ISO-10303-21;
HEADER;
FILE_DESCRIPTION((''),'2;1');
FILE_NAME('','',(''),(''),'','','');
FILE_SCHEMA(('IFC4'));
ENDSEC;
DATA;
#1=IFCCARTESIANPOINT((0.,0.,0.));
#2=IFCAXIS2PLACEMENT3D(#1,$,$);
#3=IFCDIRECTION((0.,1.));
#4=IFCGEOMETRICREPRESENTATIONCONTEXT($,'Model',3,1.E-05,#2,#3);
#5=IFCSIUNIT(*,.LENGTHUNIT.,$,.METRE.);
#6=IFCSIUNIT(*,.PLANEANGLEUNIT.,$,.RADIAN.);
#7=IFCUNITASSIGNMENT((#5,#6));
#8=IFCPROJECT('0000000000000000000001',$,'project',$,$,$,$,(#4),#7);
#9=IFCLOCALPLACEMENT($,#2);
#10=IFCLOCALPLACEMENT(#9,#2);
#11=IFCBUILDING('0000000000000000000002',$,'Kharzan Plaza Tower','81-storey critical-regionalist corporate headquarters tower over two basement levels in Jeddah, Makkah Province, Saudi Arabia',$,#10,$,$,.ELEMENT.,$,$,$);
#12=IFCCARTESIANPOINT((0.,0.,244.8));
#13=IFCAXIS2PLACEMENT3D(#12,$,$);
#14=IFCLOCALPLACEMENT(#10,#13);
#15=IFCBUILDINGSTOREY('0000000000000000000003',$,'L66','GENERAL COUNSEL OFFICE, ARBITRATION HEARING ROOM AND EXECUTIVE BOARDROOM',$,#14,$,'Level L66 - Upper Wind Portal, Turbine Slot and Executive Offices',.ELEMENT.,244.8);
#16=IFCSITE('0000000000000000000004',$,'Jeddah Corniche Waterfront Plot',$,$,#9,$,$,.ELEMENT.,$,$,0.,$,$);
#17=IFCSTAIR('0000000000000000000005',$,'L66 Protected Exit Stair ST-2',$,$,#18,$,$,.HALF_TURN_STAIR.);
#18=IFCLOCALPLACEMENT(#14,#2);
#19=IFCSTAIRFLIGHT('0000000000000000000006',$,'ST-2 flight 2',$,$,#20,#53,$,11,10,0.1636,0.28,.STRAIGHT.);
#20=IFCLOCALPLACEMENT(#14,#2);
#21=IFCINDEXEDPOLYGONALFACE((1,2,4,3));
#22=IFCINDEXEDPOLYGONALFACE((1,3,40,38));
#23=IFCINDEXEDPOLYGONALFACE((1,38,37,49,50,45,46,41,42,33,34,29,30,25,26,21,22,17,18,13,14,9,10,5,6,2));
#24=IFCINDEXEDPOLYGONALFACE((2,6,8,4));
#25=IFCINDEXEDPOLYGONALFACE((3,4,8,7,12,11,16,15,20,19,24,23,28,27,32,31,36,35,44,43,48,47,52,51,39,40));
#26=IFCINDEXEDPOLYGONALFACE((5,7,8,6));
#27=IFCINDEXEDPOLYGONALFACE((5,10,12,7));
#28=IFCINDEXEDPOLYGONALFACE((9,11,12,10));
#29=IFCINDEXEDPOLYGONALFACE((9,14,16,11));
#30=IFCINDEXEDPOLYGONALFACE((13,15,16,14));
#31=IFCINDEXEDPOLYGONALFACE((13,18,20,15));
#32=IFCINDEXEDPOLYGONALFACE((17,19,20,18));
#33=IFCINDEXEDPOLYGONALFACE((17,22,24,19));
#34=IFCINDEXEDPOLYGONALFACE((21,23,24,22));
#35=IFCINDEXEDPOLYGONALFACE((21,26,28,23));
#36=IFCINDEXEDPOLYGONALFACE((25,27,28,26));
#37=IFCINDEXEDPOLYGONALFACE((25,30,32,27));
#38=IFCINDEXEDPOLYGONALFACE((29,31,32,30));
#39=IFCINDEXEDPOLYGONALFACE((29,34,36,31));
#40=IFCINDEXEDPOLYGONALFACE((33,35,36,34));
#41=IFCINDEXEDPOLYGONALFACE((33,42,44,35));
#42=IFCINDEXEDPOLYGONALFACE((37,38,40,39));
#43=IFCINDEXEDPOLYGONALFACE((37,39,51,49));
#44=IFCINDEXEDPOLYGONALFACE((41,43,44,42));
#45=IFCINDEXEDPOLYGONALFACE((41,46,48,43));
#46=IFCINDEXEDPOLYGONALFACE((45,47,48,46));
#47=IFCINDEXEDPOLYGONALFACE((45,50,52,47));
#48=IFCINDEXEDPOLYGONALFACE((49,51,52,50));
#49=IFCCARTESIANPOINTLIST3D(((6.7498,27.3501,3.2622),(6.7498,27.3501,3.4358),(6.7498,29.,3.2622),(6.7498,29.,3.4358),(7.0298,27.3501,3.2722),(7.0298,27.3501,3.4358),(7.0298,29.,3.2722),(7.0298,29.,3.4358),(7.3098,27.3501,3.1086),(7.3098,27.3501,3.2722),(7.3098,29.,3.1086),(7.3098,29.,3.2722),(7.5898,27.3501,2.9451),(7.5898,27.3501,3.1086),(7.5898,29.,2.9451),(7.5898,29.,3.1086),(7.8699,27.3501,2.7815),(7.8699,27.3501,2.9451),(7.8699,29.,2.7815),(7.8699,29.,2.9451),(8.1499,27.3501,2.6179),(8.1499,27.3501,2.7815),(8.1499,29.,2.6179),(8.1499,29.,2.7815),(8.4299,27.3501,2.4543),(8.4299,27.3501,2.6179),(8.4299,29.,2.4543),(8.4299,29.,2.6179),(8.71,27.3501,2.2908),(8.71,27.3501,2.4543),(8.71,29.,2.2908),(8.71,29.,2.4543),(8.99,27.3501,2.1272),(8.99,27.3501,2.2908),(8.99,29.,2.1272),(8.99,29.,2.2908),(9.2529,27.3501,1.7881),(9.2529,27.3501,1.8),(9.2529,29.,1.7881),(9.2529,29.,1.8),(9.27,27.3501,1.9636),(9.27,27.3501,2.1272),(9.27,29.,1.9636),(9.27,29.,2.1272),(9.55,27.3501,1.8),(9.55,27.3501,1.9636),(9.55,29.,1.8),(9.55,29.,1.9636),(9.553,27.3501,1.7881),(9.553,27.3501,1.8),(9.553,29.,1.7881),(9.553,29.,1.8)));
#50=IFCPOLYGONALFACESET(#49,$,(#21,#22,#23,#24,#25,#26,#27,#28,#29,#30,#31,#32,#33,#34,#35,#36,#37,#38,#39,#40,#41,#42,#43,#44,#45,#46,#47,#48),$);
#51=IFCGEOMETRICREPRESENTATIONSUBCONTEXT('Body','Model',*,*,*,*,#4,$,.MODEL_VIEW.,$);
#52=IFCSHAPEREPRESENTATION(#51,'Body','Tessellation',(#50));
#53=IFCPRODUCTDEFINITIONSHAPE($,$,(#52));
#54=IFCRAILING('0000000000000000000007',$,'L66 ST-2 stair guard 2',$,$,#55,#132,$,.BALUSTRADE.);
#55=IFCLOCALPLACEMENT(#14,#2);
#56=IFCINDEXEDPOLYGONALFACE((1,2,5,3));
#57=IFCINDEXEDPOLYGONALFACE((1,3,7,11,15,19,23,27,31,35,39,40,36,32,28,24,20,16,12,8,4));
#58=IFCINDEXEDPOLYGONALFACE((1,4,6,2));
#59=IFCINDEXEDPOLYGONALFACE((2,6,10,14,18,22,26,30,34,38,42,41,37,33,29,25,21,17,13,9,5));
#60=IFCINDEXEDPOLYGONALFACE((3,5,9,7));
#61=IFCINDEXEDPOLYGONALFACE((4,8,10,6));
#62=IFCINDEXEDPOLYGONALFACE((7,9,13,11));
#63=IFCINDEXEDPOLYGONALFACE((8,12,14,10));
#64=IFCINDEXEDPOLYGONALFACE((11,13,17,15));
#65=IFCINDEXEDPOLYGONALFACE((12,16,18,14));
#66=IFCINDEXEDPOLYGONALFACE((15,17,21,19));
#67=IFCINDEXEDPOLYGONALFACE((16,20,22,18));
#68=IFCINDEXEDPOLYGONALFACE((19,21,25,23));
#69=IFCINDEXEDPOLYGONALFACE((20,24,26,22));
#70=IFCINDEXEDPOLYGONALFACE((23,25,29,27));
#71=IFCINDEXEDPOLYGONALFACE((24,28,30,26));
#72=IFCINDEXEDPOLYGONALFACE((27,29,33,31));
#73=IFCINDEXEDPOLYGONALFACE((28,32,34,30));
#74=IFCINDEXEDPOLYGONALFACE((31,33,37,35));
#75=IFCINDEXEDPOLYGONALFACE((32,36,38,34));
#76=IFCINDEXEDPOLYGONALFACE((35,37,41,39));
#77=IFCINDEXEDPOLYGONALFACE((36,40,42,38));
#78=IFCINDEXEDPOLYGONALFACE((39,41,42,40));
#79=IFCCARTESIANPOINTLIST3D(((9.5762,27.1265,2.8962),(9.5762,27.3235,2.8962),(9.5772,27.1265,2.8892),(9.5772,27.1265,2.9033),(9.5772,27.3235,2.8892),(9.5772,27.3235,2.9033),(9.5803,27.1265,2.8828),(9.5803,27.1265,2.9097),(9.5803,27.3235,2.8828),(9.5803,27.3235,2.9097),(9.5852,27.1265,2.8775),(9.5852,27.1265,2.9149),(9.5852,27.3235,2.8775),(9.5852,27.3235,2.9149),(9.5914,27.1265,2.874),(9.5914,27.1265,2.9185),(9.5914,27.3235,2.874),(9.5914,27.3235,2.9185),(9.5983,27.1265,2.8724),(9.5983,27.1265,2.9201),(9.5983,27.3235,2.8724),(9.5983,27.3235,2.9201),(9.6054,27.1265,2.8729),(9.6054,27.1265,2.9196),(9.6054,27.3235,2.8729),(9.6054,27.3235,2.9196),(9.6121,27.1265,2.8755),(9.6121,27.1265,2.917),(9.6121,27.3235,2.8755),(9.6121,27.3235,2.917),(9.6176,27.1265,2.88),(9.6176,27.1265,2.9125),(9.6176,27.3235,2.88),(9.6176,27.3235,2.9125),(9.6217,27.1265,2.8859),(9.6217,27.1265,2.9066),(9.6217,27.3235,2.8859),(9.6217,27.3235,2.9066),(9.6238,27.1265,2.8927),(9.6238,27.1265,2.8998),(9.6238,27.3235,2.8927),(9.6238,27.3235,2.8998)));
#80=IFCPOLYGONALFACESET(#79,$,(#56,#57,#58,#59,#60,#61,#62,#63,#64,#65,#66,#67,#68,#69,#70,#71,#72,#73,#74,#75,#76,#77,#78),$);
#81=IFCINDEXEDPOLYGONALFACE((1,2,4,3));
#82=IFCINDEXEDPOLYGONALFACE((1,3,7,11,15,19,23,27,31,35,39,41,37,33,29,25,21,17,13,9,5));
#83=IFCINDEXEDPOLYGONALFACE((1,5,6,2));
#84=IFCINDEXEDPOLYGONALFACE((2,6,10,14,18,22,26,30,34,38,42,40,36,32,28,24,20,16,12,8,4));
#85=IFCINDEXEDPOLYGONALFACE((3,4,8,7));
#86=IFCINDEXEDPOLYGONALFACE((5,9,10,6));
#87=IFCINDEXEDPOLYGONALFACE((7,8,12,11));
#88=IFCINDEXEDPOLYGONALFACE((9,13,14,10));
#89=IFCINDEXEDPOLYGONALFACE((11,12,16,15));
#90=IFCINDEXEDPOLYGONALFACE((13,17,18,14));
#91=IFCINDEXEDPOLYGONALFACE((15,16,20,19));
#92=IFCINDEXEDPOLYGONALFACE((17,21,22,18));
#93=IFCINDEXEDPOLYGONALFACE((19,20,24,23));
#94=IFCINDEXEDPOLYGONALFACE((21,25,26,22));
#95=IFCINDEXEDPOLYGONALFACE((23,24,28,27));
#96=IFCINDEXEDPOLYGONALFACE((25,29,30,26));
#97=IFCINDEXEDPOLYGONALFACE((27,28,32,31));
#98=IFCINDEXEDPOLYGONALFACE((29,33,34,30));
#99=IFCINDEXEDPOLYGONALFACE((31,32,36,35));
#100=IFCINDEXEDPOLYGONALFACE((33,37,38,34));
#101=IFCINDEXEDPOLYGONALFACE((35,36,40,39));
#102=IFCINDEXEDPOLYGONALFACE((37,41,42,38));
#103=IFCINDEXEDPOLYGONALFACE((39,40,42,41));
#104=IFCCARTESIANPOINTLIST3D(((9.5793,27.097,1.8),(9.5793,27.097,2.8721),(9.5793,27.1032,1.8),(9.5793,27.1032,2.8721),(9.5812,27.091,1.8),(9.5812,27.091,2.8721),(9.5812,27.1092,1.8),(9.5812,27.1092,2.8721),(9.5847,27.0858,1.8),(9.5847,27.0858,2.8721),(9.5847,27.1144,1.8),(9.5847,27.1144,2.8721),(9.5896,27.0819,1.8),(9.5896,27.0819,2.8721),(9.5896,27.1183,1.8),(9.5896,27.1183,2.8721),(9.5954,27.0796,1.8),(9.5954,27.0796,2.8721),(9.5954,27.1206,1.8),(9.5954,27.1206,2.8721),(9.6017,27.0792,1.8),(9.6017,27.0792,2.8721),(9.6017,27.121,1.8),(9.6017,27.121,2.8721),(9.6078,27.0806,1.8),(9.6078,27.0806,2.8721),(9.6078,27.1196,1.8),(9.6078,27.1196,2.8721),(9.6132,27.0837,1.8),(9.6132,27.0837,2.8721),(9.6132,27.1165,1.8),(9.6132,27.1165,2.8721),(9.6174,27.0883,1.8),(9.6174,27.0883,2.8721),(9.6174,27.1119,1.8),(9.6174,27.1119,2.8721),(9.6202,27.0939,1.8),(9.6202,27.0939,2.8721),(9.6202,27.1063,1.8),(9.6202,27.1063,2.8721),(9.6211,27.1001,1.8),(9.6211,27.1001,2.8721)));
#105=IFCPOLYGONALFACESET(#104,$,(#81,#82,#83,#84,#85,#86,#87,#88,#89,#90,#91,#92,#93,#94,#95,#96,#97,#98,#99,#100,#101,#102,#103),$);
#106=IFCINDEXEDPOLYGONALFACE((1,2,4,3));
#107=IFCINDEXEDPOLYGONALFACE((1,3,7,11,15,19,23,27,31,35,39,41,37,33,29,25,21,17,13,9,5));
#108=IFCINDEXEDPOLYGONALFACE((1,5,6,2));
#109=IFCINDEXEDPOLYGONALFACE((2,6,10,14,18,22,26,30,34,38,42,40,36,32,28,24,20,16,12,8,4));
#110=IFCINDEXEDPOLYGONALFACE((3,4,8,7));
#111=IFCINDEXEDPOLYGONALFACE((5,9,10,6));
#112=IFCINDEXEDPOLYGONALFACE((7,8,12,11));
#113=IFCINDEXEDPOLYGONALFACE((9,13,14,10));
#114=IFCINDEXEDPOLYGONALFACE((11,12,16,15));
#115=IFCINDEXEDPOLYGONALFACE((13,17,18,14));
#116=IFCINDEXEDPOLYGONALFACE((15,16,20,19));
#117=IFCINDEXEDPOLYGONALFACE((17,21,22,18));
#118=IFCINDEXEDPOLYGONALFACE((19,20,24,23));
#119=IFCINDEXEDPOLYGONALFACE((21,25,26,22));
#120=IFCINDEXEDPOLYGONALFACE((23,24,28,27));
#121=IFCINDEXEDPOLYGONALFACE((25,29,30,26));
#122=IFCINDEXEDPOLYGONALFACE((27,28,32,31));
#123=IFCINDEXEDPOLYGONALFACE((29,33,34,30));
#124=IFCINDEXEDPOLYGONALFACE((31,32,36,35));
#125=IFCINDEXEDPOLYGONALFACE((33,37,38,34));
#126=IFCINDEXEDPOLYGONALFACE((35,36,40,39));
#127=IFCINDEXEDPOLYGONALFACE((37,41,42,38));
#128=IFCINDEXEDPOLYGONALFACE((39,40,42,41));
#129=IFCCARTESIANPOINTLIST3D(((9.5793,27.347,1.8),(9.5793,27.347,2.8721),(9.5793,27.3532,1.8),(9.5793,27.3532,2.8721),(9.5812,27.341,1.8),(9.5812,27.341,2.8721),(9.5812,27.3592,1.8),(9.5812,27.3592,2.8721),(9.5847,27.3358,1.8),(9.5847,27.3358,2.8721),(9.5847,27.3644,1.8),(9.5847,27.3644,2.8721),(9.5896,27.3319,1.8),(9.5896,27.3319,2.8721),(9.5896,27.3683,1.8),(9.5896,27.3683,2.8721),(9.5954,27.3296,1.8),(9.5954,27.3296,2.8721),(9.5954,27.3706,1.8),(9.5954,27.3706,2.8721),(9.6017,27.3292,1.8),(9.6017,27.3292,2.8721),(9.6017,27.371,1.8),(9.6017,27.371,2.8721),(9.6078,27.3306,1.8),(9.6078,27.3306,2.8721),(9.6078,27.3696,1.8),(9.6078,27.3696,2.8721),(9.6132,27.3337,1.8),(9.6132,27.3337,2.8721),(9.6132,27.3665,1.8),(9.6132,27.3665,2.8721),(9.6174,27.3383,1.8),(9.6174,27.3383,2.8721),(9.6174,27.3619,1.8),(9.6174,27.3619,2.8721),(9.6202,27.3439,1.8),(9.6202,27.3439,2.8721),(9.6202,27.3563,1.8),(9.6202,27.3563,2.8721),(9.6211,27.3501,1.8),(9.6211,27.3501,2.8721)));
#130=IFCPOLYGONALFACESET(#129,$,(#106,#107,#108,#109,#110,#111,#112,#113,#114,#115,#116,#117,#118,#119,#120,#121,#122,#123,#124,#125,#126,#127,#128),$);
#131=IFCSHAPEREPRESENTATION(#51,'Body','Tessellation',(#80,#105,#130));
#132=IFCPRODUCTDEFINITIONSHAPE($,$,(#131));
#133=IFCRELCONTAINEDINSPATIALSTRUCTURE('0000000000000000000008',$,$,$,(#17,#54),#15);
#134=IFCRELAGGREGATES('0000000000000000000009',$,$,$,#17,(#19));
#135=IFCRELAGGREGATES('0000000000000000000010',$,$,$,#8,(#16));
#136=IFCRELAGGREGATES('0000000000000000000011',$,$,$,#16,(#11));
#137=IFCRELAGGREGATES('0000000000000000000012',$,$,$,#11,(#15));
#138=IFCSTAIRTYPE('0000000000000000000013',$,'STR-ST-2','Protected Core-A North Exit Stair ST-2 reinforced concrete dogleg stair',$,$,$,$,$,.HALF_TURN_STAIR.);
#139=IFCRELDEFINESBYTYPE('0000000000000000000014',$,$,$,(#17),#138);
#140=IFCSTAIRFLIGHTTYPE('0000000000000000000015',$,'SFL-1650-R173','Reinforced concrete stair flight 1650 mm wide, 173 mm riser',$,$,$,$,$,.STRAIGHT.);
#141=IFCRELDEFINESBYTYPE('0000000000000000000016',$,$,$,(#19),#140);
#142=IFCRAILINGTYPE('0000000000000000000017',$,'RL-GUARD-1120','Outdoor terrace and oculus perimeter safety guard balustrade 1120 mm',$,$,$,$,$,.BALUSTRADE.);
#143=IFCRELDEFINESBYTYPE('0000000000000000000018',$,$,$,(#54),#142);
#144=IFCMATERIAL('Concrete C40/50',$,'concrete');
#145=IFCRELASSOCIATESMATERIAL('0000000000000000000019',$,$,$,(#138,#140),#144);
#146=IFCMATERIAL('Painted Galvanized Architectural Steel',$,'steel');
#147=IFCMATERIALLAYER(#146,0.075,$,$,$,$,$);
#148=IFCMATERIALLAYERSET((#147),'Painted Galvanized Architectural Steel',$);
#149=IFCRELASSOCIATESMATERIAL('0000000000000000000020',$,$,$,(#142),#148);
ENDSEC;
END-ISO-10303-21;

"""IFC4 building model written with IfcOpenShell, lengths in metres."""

from ifc_helpers import new_model, si_unit, direction, frame, origin, origin_2d, place, context, subcontext, project, spatial, polyline, circle, outline, extrude, source, transform, mapped, material, layer, layer_set, type_object, element, aggregate, save


model = new_model("IFC4")

# Units and contexts
model_context = context("Model", 3, precision=1e-05, world=origin(), true_north=direction((0.0, 1.0)))
body_context = subcontext(model_context, "Body", "Model", "MODEL_VIEW")
ifc_project = project(units=[si_unit("LENGTHUNIT", "METRE"), si_unit("PLANEANGLEUNIT", "RADIAN")], contexts=[model_context])

# Site, building, storey
site_placement = place(None, origin())
site = spatial("IfcSite", under=ifc_project, at=site_placement, Name="Jeddah Corniche Waterfront Plot", CompositionType="ELEMENT", RefElevation=0.0)
building_placement = place(site_placement, origin())
building = spatial("IfcBuilding", under=site, at=building_placement, Name="Kharzan Plaza Tower", Description="81-storey critical-regionalist corporate headquarters tower over two basement levels in Jeddah, Makkah Province, Saudi Arabia", CompositionType="ELEMENT")
storey_placement = place(building_placement, frame((0.0, 0.0, 244.8)))
storey = spatial("IfcBuildingStorey", under=building, at=storey_placement, Name="L66", Description="GENERAL COUNSEL OFFICE, ARBITRATION HEARING ROOM AND EXECUTIVE BOARDROOM", LongName="Level L66 - Upper Wind Portal, Turbine Slot and Executive Offices", CompositionType="ELEMENT", Elevation=244.8)

# Shared definitions
ifc_material_1 = material(Name="Concrete C40/50", Category="concrete")

# Stair, stair flight
stair_type = type_object("IfcStairType", Name="STR-ST-2", Description="Protected Core-A North Exit Stair ST-2 reinforced concrete dogleg stair", PredefinedType="HALF_TURN_STAIR", material=ifc_material_1)
stair_placement = place(storey_placement, origin())
stair = element("IfcStair", 1, at=stair_placement, inside=storey, type_object=stair_type, Name="L66 Protected Exit Stair ST-2", PredefinedType="HALF_TURN_STAIR")
stair_flight_type = type_object("IfcStairFlightType", Name="SFL-1650-R173", Description="Reinforced concrete stair flight 1650 mm wide, 173 mm riser", PredefinedType="STRAIGHT", material=ifc_material_1)
shared_shape_1 = source(origin(), body_context, "Body", "SweptSolid", [
    extrude(outline(polyline([(-0.0029, -0.012), (-0.0029, 0.0), (0.0, 0.0), (0.0, 0.1636), (0.28, 0.1636), (0.28, 0.3271), (0.5601, 0.3271), (0.5601, 0.4907), (0.8401, 0.4907), (0.8401, 0.6543), (1.1201, 0.6543), (1.1201, 0.8179), (1.4001, 0.8179), (1.4001, 0.9814), (1.6802, 0.9814), (1.6802, 1.145), (1.9602, 1.145), (1.9602, 1.3086), (2.2402, 1.3086), (2.2402, 1.4722), (2.5203, 1.4722), (2.5203, 1.6357), (2.8003, 1.6357), (2.8003, 1.7993), (2.8003, 1.4622), (0.2971, 0.0), (0.2971, -0.012), (-0.0029, -0.012)])), frame((0.0, 0.825, 0.0), z_axis=(0.0, -1.0, 0.0), x_axis=(1.0, 0.0, 0.0)), (0.0, 0.0, 1.0), 1.6499),
])
stair_flight_placement = place(storey_placement, frame((9.55, 28.175, 1.8), z_axis=(0.0, 0.0, 1.0), x_axis=(-1.0, 0.0, 0.0)))
stair_flight = element("IfcStairFlight", 2, at=stair_flight_placement, type_object=stair_flight_type, Name="ST-2 flight 2", NumberOfRisers=11, NumberOfTreads=10, PredefinedType="STRAIGHT", RiserHeight=0.1636, TreadLength=0.28, context=body_context, shape_type="MappedRepresentation", body=[
    mapped(shared_shape_1, transform((0.0, 0.0, 0.0), x_axis=(1.0, 0.0, 0.0), y_axis=(0.0, 1.0, 0.0), z_axis=(0.0, 0.0, 1.0))),
])
aggregate(stair, [stair_flight])

# Railing
ifc_material_2 = material(Name="Painted Galvanized Architectural Steel", Category="steel")
ifc_layer_1 = layer(ifc_material_2, 0.075)
ifc_layer_set_1 = layer_set([ifc_layer_1], Name="Painted Galvanized Architectural Steel")
railing_type_1 = type_object("IfcRailingType", Name="RL-GUARD-1120", Description="Outdoor terrace and oculus perimeter safety guard balustrade 1120 mm", PredefinedType="BALUSTRADE", material=ifc_layer_set_1)
shared_shape_2 = source(origin(), body_context, "Body", "SweptSolid", [
    extrude(circle(Radius=0.0239, at=origin_2d()), frame((0.0, 0.0264, 1.0962), z_axis=(0.0, 1.0, 0.0), x_axis=(-1.0, 0.0, 0.0)), (0.0, 0.0, 1.0), 0.197),
    extrude(circle(Radius=0.021, at=origin_2d()), origin(), (0.0, 0.0, 1.0), 1.072),
    extrude(circle(Radius=0.021, at=origin_2d()), frame((0.0, 0.25, 0.0)), (0.0, 0.0, 1.0), 1.072),
])
railing_1_placement = place(storey_placement, frame((9.6001, 27.1001, 1.8)))
element("IfcRailing", 3, at=railing_1_placement, inside=storey, type_object=railing_type_1, Name="L66 ST-2 stair guard 2", PredefinedType="BALUSTRADE", context=body_context, shape_type="MappedRepresentation", body=[
    mapped(shared_shape_2, transform((0.0, 0.0, 0.0), x_axis=(1.0, 0.0, 0.0), y_axis=(0.0, 1.0, 0.0), z_axis=(0.0, 0.0, 1.0))),
])

save(model, "model.ifc")
